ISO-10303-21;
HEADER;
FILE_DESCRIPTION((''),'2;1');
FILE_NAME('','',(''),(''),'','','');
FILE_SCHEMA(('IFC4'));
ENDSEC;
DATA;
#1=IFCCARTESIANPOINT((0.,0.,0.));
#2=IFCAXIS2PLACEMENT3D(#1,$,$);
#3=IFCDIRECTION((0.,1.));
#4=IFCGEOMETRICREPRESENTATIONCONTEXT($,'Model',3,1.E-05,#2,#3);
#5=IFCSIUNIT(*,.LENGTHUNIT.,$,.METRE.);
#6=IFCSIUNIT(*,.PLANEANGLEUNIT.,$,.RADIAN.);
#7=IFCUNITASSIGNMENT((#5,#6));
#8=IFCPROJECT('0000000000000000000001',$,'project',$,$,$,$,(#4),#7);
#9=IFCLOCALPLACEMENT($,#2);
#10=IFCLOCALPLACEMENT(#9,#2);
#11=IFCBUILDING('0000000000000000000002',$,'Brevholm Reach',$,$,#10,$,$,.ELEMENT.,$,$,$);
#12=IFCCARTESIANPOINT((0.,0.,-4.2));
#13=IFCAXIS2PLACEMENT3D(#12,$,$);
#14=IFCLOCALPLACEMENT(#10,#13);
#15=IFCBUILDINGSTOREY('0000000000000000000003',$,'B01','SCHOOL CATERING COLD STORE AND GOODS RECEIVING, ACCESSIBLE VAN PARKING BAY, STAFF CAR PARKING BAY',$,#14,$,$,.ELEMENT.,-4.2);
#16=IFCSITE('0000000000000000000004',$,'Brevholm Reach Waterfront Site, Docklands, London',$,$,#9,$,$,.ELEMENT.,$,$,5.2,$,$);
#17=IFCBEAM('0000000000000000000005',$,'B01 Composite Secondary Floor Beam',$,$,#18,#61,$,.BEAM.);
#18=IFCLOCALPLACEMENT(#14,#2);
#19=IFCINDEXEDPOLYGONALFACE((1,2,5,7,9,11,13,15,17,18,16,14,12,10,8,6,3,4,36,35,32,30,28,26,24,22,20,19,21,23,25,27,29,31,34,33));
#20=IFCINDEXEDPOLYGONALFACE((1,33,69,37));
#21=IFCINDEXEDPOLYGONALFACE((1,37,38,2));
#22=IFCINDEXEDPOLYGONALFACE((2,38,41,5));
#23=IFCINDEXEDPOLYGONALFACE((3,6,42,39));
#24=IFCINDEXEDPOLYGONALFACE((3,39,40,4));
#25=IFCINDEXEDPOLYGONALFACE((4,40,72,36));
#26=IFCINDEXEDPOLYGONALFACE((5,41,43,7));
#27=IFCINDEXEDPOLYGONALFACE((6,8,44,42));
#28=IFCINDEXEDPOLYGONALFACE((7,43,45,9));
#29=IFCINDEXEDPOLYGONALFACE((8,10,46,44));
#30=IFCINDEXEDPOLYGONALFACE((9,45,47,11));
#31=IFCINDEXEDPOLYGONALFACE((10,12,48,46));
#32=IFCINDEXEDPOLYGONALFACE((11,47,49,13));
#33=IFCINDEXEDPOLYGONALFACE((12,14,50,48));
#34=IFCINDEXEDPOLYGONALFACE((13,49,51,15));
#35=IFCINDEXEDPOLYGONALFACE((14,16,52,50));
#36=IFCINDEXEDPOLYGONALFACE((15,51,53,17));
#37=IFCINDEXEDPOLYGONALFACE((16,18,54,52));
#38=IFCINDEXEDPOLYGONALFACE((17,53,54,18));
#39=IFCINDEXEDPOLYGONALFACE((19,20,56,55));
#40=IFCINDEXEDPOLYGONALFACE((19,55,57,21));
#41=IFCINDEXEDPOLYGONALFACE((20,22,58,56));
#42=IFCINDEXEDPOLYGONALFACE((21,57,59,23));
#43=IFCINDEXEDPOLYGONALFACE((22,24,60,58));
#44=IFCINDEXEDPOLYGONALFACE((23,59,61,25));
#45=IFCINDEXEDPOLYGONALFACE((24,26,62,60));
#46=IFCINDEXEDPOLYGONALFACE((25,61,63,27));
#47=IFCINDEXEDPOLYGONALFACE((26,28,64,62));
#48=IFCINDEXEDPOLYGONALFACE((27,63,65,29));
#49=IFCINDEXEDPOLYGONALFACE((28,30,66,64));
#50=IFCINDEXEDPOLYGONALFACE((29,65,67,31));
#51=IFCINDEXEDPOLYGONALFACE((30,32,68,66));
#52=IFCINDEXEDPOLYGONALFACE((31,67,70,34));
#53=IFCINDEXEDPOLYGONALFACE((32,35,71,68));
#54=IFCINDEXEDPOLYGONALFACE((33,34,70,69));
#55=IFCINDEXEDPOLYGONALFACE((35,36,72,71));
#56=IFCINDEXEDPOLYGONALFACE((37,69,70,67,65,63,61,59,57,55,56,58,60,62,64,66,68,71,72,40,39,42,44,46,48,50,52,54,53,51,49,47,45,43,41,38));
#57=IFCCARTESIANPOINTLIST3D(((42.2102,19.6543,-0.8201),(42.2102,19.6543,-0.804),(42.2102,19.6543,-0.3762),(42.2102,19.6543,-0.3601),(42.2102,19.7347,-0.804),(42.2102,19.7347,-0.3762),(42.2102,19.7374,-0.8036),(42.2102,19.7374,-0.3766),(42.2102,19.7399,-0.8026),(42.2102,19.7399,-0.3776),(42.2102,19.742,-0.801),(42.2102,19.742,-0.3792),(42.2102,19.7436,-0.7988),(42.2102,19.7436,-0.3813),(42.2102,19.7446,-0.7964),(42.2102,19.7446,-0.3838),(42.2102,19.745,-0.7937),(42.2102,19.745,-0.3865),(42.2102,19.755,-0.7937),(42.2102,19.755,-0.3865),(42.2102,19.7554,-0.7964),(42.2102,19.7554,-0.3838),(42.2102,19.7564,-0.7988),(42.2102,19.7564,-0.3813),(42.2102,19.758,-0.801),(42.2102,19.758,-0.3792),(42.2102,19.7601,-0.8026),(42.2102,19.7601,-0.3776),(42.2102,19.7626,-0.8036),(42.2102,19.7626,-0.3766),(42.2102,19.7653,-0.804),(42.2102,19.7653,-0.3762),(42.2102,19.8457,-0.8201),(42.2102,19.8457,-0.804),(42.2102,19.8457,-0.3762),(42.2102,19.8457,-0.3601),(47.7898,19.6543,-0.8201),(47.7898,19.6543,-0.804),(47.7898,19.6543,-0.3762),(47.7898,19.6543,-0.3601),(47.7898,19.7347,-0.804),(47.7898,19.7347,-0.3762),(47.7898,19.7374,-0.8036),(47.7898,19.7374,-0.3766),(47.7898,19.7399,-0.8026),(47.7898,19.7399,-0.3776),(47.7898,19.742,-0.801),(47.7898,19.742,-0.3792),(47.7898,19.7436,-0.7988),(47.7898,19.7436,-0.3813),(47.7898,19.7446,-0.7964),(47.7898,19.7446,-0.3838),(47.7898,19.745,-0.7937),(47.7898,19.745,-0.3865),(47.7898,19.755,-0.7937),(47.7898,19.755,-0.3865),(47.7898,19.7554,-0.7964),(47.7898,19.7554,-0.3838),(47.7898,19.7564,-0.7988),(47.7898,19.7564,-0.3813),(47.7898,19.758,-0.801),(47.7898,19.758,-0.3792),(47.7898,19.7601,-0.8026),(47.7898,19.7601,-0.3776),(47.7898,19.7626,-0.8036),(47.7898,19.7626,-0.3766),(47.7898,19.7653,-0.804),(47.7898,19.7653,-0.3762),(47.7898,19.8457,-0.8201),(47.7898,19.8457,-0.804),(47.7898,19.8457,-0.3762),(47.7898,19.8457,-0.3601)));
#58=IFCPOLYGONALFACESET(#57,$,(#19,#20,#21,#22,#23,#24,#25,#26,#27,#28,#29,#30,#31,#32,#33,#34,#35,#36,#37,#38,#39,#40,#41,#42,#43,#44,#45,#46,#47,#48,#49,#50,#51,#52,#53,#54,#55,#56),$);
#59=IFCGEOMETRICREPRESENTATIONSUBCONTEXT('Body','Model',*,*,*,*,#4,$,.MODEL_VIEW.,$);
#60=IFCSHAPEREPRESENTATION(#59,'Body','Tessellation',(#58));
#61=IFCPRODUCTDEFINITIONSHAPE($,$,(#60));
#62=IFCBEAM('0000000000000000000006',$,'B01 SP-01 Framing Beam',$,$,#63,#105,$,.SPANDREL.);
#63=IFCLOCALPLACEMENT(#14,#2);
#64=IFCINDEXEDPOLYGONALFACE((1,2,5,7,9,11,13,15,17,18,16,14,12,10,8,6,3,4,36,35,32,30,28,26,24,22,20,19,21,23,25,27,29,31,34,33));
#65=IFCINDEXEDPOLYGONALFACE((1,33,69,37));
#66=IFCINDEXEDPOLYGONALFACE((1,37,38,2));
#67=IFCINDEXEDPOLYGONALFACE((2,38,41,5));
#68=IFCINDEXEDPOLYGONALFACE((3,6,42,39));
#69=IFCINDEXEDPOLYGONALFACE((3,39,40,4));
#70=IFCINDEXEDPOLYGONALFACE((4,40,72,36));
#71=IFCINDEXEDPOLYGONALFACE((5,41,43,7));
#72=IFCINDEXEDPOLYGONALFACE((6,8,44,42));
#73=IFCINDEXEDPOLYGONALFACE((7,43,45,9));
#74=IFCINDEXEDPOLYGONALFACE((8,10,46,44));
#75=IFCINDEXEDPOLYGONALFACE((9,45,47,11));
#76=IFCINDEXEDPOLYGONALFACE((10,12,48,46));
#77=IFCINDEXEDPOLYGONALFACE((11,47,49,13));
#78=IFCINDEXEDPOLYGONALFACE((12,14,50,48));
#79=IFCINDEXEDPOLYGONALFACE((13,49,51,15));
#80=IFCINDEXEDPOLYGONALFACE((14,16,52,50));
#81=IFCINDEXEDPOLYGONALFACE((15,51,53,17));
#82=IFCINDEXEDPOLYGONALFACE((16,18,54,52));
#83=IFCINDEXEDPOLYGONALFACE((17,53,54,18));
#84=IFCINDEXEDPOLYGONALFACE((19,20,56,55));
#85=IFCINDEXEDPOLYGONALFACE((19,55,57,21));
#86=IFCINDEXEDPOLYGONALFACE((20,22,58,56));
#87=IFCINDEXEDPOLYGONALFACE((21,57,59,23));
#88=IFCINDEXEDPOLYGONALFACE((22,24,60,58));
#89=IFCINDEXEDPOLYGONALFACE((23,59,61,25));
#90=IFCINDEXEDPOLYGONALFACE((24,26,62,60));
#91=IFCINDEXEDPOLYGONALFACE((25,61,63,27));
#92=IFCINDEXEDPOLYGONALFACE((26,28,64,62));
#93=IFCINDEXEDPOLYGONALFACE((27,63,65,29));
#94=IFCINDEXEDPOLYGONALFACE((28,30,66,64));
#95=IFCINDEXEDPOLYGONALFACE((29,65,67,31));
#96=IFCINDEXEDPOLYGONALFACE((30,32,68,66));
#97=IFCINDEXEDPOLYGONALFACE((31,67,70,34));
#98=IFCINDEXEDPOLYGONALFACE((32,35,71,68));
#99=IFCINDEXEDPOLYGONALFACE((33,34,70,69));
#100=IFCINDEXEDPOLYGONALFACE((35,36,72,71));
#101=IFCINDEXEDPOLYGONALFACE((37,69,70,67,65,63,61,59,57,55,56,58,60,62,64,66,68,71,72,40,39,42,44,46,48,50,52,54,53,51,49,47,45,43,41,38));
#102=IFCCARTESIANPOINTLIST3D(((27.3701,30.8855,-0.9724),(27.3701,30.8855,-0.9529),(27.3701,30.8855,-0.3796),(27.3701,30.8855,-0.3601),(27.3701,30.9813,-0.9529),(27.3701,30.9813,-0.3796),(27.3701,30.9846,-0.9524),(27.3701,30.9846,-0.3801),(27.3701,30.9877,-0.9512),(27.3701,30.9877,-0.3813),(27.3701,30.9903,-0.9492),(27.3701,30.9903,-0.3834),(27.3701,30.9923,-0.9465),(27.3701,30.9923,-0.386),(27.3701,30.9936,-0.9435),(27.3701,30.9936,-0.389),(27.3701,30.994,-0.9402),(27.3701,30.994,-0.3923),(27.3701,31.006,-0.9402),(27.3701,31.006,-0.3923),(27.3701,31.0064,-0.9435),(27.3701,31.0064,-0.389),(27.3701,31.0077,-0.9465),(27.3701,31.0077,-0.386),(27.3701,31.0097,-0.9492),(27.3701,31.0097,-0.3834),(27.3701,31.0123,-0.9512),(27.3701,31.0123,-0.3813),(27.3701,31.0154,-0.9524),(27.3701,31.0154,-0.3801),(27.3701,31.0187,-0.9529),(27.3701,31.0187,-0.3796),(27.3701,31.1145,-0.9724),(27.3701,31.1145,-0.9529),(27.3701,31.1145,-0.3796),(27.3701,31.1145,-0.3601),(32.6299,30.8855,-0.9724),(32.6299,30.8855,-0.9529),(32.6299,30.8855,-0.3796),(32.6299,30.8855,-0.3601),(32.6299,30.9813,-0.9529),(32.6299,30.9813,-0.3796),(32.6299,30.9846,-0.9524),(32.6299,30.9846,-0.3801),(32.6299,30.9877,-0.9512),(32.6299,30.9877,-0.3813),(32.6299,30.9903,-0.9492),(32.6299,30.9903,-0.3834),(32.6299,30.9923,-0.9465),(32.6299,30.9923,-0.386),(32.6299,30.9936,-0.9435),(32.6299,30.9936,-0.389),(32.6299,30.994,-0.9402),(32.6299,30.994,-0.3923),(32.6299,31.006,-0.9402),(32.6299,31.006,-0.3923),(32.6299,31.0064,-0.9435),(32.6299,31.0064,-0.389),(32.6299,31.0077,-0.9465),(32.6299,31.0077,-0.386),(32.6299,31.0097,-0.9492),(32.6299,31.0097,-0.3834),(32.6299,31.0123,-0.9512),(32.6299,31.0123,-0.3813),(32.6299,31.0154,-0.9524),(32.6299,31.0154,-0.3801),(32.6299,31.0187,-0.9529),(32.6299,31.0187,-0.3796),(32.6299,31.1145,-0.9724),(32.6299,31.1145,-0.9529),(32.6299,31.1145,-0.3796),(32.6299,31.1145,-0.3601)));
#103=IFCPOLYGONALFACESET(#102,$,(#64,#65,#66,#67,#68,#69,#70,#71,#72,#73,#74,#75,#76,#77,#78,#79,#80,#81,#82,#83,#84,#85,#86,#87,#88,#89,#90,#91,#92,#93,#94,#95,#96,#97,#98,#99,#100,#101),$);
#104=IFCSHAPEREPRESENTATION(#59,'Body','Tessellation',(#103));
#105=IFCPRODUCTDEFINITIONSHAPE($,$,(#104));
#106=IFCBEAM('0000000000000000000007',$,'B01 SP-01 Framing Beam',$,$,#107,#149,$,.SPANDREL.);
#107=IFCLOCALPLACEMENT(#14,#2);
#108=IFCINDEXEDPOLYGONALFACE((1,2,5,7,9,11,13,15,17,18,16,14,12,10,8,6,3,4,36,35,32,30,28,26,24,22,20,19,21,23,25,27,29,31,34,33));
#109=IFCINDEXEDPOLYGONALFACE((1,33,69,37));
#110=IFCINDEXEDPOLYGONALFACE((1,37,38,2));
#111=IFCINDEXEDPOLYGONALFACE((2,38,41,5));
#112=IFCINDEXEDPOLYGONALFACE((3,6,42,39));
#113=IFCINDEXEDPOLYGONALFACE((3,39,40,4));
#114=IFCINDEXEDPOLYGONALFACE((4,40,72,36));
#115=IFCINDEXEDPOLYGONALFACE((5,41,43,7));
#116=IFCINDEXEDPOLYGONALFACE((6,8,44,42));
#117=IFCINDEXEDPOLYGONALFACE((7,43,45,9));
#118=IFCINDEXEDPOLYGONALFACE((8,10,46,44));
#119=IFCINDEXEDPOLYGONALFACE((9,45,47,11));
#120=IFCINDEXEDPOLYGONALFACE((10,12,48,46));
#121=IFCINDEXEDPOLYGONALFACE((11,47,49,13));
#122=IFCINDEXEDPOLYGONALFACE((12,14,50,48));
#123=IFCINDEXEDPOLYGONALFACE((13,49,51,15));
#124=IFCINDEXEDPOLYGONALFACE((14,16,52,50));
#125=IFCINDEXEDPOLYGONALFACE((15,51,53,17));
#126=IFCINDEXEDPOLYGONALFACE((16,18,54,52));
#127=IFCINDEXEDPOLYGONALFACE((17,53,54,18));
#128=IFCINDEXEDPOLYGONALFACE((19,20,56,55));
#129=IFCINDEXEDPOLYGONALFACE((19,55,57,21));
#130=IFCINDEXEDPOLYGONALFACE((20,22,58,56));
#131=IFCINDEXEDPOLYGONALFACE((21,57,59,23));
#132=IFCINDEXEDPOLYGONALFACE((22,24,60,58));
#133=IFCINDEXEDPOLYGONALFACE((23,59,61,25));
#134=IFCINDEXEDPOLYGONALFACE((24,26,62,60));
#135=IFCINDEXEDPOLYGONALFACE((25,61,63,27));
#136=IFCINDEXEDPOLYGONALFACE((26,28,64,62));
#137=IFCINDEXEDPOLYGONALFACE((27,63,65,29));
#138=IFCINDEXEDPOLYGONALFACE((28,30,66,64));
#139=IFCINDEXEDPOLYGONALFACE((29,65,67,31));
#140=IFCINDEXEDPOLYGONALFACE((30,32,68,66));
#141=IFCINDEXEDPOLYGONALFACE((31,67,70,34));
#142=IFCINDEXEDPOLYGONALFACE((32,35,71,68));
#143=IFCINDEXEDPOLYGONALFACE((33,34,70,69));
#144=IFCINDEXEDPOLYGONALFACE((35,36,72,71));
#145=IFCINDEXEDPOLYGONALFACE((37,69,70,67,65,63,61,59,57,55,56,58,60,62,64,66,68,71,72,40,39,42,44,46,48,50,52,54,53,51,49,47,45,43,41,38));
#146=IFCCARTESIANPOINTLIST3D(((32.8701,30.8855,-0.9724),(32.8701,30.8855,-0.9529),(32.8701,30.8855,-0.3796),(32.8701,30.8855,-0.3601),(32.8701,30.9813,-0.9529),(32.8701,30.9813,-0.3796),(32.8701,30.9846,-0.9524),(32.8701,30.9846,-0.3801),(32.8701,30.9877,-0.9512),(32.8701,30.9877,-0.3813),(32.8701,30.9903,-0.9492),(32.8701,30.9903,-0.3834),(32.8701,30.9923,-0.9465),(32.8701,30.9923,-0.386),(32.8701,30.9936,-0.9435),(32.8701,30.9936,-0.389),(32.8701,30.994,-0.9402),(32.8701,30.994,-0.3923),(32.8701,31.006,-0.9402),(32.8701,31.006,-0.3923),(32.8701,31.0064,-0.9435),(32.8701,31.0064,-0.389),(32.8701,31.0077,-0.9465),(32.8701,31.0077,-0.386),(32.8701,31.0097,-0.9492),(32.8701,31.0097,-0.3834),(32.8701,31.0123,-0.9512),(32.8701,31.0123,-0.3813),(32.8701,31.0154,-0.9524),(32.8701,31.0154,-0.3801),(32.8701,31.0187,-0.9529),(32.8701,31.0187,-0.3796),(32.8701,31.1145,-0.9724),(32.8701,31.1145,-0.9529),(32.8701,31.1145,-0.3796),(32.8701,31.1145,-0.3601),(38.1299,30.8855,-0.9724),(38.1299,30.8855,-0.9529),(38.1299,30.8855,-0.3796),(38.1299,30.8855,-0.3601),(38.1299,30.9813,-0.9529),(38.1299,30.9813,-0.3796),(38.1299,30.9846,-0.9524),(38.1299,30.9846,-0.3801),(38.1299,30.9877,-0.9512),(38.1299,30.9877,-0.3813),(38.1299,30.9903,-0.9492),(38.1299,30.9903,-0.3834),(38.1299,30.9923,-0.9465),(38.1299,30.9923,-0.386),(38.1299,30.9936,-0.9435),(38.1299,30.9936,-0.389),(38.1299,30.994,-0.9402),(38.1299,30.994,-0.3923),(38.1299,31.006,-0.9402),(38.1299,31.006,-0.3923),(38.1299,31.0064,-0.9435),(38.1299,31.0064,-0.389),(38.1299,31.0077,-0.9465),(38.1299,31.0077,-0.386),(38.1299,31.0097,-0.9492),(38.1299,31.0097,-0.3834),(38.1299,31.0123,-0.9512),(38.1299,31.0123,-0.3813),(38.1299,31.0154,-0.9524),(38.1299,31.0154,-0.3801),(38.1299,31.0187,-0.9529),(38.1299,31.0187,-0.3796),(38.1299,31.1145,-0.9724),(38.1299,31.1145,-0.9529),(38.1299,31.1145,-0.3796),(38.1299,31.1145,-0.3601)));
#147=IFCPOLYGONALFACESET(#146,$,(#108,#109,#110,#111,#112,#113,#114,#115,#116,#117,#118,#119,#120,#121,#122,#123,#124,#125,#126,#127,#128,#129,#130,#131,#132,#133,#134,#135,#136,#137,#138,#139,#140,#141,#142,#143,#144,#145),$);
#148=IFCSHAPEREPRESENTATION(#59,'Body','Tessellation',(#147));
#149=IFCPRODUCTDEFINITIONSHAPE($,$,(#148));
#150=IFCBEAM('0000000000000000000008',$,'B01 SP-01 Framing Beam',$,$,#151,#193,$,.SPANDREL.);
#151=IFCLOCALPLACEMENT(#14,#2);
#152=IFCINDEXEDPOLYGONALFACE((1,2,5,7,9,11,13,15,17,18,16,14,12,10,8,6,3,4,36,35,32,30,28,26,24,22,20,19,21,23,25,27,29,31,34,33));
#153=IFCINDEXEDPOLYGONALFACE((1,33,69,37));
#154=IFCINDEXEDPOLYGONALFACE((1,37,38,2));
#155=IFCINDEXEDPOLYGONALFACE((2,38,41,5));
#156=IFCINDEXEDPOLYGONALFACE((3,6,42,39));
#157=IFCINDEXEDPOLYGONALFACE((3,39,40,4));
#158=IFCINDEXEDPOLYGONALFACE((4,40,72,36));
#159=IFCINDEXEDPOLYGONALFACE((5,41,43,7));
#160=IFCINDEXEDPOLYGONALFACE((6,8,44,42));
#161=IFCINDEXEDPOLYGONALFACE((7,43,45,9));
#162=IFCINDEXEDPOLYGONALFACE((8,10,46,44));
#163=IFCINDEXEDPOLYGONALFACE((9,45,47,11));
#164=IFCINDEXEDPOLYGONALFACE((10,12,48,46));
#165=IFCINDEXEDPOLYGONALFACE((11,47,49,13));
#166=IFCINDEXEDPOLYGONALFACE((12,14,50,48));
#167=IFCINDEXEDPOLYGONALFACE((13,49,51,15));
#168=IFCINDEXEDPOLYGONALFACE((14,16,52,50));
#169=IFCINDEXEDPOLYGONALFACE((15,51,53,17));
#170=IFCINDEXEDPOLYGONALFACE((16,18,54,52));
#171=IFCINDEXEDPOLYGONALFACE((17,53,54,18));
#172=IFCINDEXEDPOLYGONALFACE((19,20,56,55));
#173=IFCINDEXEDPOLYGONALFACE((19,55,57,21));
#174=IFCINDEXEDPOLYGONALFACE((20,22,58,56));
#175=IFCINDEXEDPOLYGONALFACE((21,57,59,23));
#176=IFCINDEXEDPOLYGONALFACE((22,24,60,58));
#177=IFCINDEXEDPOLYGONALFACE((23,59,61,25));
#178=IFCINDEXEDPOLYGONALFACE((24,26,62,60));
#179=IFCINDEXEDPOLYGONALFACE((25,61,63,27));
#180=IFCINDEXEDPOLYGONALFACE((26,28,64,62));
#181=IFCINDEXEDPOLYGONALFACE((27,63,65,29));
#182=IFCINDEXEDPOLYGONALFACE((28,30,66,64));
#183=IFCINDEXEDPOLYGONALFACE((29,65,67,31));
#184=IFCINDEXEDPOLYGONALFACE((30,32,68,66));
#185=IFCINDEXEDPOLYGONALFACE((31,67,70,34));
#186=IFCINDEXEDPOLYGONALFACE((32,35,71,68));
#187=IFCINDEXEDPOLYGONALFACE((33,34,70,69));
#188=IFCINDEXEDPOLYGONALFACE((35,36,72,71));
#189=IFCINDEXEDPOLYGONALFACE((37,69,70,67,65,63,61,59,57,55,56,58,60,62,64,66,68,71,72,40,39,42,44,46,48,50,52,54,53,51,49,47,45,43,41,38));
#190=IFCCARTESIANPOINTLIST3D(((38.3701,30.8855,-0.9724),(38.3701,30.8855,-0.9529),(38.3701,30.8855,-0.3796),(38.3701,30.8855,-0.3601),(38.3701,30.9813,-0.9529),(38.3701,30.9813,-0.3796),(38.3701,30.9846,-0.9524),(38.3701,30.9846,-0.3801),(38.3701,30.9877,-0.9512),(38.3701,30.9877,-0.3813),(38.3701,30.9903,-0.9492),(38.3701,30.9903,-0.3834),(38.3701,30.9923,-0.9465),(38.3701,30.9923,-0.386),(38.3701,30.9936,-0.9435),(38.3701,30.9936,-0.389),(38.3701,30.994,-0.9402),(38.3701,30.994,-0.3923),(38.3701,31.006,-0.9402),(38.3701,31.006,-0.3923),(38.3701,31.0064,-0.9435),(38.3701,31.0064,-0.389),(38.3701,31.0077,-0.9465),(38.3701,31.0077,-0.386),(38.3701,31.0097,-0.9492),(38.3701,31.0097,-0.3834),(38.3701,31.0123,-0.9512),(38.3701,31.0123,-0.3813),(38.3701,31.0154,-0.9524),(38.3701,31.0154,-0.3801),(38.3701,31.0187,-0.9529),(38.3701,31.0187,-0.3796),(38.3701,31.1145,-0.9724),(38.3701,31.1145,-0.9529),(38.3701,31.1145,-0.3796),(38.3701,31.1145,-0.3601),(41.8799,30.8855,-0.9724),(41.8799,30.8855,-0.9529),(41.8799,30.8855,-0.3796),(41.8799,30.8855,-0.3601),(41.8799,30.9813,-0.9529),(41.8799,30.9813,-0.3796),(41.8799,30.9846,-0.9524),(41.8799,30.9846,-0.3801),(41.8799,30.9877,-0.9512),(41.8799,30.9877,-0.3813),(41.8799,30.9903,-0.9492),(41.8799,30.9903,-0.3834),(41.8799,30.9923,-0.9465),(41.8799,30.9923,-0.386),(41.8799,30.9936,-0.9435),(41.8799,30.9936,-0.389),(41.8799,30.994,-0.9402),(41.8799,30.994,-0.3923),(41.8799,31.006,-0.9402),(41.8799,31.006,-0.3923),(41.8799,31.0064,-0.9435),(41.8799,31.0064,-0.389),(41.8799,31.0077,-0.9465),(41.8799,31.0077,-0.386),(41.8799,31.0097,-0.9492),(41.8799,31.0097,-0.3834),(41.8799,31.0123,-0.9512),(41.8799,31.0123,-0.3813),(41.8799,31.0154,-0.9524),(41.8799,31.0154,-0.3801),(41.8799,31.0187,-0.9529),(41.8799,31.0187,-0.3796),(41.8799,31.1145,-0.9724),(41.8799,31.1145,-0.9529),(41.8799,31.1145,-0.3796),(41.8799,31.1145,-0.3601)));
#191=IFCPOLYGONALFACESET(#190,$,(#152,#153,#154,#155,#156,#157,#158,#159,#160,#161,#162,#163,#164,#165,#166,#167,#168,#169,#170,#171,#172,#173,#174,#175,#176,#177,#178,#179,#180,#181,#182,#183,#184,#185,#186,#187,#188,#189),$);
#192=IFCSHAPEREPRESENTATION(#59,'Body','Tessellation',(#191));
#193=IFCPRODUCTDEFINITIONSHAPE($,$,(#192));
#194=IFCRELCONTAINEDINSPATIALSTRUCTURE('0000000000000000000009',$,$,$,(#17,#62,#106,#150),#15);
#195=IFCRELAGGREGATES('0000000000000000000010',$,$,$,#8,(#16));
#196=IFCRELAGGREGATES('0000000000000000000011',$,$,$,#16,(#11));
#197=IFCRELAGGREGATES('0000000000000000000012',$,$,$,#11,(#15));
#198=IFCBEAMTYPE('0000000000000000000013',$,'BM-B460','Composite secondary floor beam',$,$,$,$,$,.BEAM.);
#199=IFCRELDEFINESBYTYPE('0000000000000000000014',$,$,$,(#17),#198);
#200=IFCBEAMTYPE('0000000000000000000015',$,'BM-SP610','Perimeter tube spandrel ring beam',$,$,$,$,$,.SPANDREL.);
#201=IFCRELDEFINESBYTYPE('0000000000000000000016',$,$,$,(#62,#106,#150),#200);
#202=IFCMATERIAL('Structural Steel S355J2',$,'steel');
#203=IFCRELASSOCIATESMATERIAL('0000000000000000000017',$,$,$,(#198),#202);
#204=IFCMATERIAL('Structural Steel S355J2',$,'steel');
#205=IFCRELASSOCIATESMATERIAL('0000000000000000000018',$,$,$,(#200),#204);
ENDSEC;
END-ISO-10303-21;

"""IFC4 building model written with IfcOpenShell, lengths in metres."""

from ifc_helpers import new_model, si_unit, direction, frame, origin, origin_2d, place, context, subcontext, project, spatial, i_section, extrude, material, material_profile, profile_set, type_object, element, save


model = new_model("IFC4")

# Units and contexts
model_context = context("Model", 3, precision=1e-05, world=origin(), true_north=direction((0.0, 1.0)))
body_context = subcontext(model_context, "Body", "Model", "MODEL_VIEW")
ifc_project = project(units=[si_unit("LENGTHUNIT", "METRE"), si_unit("PLANEANGLEUNIT", "RADIAN")], contexts=[model_context])

# Site, building, storey
site_placement = place(None, origin())
site = spatial("IfcSite", under=ifc_project, at=site_placement, Name="Brevholm Reach Waterfront Site, Docklands, London", CompositionType="ELEMENT", RefElevation=5.2)
building_placement = place(site_placement, origin())
building = spatial("IfcBuilding", under=site, at=building_placement, Name="Brevholm Reach", CompositionType="ELEMENT")
storey_placement = place(building_placement, frame((0.0, 0.0, -4.2)))
storey = spatial("IfcBuildingStorey", under=building, at=storey_placement, Name="B01", Description="SCHOOL CATERING COLD STORE AND GOODS RECEIVING, ACCESSIBLE VAN PARKING BAY, STAFF CAR PARKING BAY", CompositionType="ELEMENT", Elevation=-4.2)

# Beams
ifc_material_1 = material(Name="Structural Steel S355J2", Category="steel")
ifc_material_profile_1 = material_profile(ifc_material_1, i_section(OverallWidth=0.1914, OverallDepth=0.46, WebThickness=0.01, FlangeThickness=0.0161, FilletRadius=0.0103, at=origin_2d()), Name="UKB 457x191x82")
ifc_profile_set_1 = profile_set([ifc_material_profile_1], Name="Structural Steel S355J2")
beam_type_1 = type_object("IfcBeamType", Name="BM-B460", Description="Composite secondary floor beam", PredefinedType="BEAM", material=ifc_profile_set_1)
beam_1_placement = place(storey_placement, frame((42.2102, 19.75, -0.5901), z_axis=(1.0, 0.0, 0.0), x_axis=(0.0, 1.0, 0.0)))
element("IfcBeam", 1, at=beam_1_placement, inside=storey, type_object=beam_type_1, Name="B01 Composite Secondary Floor Beam", PredefinedType="BEAM", context=body_context, shape_type="SweptSolid", body=[
    extrude(i_section(OverallWidth=0.1914, OverallDepth=0.46, WebThickness=0.01, FlangeThickness=0.0161, FilletRadius=0.0103, at=origin_2d()), origin(), (0.0, 0.0, 1.0), 5.5796),
])
ifc_material_2 = material(Name="Structural Steel S355J2", Category="steel")
ifc_material_profile_2 = material_profile(ifc_material_2, i_section(OverallWidth=0.229, OverallDepth=0.6123, WebThickness=0.012, FlangeThickness=0.0195, FilletRadius=0.0127, at=origin_2d()), Name="UKB 610x229x125")
ifc_profile_set_2 = profile_set([ifc_material_profile_2], Name="Structural Steel S355J2")
beam_type_2 = type_object("IfcBeamType", Name="BM-SP610", Description="Perimeter tube spandrel ring beam", PredefinedType="SPANDREL", material=ifc_profile_set_2)
for number, where, z_axis, x_axis, name in (
    (2, (27.3701, 31.0, -0.6663), (1.0, 0.0, 0.0), (0.0, 1.0, 0.0), "B01 SP-01 Framing Beam"),
    (3, (32.8701, 31.0, -0.6663), (1.0, 0.0, 0.0), (0.0, 1.0, 0.0), "B01 SP-01 Framing Beam"),
):
    element("IfcBeam", number, at=place(storey_placement, frame(where, z_axis=z_axis, x_axis=x_axis)), inside=storey, type_object=beam_type_2, Name=name, PredefinedType="SPANDREL", context=body_context, shape_type="SweptSolid", body=[
        extrude(i_section(OverallWidth=0.229, OverallDepth=0.6123, WebThickness=0.012, FlangeThickness=0.0195, FilletRadius=0.0127, at=origin_2d()), origin(), (0.0, 0.0, 1.0), 5.2598),
    ])
beam_2_placement = place(storey_placement, frame((38.3701, 31.0, -0.6663), z_axis=(1.0, 0.0, 0.0), x_axis=(0.0, 1.0, 0.0)))
element("IfcBeam", 4, at=beam_2_placement, inside=storey, type_object=beam_type_2, Name="B01 SP-01 Framing Beam", PredefinedType="SPANDREL", context=body_context, shape_type="SweptSolid", body=[
    extrude(i_section(OverallWidth=0.229, OverallDepth=0.6123, WebThickness=0.012, FlangeThickness=0.0195, FilletRadius=0.0127, at=origin_2d()), origin(), (0.0, 0.0, 1.0), 3.5098),
])

save(model, "model.ifc")
